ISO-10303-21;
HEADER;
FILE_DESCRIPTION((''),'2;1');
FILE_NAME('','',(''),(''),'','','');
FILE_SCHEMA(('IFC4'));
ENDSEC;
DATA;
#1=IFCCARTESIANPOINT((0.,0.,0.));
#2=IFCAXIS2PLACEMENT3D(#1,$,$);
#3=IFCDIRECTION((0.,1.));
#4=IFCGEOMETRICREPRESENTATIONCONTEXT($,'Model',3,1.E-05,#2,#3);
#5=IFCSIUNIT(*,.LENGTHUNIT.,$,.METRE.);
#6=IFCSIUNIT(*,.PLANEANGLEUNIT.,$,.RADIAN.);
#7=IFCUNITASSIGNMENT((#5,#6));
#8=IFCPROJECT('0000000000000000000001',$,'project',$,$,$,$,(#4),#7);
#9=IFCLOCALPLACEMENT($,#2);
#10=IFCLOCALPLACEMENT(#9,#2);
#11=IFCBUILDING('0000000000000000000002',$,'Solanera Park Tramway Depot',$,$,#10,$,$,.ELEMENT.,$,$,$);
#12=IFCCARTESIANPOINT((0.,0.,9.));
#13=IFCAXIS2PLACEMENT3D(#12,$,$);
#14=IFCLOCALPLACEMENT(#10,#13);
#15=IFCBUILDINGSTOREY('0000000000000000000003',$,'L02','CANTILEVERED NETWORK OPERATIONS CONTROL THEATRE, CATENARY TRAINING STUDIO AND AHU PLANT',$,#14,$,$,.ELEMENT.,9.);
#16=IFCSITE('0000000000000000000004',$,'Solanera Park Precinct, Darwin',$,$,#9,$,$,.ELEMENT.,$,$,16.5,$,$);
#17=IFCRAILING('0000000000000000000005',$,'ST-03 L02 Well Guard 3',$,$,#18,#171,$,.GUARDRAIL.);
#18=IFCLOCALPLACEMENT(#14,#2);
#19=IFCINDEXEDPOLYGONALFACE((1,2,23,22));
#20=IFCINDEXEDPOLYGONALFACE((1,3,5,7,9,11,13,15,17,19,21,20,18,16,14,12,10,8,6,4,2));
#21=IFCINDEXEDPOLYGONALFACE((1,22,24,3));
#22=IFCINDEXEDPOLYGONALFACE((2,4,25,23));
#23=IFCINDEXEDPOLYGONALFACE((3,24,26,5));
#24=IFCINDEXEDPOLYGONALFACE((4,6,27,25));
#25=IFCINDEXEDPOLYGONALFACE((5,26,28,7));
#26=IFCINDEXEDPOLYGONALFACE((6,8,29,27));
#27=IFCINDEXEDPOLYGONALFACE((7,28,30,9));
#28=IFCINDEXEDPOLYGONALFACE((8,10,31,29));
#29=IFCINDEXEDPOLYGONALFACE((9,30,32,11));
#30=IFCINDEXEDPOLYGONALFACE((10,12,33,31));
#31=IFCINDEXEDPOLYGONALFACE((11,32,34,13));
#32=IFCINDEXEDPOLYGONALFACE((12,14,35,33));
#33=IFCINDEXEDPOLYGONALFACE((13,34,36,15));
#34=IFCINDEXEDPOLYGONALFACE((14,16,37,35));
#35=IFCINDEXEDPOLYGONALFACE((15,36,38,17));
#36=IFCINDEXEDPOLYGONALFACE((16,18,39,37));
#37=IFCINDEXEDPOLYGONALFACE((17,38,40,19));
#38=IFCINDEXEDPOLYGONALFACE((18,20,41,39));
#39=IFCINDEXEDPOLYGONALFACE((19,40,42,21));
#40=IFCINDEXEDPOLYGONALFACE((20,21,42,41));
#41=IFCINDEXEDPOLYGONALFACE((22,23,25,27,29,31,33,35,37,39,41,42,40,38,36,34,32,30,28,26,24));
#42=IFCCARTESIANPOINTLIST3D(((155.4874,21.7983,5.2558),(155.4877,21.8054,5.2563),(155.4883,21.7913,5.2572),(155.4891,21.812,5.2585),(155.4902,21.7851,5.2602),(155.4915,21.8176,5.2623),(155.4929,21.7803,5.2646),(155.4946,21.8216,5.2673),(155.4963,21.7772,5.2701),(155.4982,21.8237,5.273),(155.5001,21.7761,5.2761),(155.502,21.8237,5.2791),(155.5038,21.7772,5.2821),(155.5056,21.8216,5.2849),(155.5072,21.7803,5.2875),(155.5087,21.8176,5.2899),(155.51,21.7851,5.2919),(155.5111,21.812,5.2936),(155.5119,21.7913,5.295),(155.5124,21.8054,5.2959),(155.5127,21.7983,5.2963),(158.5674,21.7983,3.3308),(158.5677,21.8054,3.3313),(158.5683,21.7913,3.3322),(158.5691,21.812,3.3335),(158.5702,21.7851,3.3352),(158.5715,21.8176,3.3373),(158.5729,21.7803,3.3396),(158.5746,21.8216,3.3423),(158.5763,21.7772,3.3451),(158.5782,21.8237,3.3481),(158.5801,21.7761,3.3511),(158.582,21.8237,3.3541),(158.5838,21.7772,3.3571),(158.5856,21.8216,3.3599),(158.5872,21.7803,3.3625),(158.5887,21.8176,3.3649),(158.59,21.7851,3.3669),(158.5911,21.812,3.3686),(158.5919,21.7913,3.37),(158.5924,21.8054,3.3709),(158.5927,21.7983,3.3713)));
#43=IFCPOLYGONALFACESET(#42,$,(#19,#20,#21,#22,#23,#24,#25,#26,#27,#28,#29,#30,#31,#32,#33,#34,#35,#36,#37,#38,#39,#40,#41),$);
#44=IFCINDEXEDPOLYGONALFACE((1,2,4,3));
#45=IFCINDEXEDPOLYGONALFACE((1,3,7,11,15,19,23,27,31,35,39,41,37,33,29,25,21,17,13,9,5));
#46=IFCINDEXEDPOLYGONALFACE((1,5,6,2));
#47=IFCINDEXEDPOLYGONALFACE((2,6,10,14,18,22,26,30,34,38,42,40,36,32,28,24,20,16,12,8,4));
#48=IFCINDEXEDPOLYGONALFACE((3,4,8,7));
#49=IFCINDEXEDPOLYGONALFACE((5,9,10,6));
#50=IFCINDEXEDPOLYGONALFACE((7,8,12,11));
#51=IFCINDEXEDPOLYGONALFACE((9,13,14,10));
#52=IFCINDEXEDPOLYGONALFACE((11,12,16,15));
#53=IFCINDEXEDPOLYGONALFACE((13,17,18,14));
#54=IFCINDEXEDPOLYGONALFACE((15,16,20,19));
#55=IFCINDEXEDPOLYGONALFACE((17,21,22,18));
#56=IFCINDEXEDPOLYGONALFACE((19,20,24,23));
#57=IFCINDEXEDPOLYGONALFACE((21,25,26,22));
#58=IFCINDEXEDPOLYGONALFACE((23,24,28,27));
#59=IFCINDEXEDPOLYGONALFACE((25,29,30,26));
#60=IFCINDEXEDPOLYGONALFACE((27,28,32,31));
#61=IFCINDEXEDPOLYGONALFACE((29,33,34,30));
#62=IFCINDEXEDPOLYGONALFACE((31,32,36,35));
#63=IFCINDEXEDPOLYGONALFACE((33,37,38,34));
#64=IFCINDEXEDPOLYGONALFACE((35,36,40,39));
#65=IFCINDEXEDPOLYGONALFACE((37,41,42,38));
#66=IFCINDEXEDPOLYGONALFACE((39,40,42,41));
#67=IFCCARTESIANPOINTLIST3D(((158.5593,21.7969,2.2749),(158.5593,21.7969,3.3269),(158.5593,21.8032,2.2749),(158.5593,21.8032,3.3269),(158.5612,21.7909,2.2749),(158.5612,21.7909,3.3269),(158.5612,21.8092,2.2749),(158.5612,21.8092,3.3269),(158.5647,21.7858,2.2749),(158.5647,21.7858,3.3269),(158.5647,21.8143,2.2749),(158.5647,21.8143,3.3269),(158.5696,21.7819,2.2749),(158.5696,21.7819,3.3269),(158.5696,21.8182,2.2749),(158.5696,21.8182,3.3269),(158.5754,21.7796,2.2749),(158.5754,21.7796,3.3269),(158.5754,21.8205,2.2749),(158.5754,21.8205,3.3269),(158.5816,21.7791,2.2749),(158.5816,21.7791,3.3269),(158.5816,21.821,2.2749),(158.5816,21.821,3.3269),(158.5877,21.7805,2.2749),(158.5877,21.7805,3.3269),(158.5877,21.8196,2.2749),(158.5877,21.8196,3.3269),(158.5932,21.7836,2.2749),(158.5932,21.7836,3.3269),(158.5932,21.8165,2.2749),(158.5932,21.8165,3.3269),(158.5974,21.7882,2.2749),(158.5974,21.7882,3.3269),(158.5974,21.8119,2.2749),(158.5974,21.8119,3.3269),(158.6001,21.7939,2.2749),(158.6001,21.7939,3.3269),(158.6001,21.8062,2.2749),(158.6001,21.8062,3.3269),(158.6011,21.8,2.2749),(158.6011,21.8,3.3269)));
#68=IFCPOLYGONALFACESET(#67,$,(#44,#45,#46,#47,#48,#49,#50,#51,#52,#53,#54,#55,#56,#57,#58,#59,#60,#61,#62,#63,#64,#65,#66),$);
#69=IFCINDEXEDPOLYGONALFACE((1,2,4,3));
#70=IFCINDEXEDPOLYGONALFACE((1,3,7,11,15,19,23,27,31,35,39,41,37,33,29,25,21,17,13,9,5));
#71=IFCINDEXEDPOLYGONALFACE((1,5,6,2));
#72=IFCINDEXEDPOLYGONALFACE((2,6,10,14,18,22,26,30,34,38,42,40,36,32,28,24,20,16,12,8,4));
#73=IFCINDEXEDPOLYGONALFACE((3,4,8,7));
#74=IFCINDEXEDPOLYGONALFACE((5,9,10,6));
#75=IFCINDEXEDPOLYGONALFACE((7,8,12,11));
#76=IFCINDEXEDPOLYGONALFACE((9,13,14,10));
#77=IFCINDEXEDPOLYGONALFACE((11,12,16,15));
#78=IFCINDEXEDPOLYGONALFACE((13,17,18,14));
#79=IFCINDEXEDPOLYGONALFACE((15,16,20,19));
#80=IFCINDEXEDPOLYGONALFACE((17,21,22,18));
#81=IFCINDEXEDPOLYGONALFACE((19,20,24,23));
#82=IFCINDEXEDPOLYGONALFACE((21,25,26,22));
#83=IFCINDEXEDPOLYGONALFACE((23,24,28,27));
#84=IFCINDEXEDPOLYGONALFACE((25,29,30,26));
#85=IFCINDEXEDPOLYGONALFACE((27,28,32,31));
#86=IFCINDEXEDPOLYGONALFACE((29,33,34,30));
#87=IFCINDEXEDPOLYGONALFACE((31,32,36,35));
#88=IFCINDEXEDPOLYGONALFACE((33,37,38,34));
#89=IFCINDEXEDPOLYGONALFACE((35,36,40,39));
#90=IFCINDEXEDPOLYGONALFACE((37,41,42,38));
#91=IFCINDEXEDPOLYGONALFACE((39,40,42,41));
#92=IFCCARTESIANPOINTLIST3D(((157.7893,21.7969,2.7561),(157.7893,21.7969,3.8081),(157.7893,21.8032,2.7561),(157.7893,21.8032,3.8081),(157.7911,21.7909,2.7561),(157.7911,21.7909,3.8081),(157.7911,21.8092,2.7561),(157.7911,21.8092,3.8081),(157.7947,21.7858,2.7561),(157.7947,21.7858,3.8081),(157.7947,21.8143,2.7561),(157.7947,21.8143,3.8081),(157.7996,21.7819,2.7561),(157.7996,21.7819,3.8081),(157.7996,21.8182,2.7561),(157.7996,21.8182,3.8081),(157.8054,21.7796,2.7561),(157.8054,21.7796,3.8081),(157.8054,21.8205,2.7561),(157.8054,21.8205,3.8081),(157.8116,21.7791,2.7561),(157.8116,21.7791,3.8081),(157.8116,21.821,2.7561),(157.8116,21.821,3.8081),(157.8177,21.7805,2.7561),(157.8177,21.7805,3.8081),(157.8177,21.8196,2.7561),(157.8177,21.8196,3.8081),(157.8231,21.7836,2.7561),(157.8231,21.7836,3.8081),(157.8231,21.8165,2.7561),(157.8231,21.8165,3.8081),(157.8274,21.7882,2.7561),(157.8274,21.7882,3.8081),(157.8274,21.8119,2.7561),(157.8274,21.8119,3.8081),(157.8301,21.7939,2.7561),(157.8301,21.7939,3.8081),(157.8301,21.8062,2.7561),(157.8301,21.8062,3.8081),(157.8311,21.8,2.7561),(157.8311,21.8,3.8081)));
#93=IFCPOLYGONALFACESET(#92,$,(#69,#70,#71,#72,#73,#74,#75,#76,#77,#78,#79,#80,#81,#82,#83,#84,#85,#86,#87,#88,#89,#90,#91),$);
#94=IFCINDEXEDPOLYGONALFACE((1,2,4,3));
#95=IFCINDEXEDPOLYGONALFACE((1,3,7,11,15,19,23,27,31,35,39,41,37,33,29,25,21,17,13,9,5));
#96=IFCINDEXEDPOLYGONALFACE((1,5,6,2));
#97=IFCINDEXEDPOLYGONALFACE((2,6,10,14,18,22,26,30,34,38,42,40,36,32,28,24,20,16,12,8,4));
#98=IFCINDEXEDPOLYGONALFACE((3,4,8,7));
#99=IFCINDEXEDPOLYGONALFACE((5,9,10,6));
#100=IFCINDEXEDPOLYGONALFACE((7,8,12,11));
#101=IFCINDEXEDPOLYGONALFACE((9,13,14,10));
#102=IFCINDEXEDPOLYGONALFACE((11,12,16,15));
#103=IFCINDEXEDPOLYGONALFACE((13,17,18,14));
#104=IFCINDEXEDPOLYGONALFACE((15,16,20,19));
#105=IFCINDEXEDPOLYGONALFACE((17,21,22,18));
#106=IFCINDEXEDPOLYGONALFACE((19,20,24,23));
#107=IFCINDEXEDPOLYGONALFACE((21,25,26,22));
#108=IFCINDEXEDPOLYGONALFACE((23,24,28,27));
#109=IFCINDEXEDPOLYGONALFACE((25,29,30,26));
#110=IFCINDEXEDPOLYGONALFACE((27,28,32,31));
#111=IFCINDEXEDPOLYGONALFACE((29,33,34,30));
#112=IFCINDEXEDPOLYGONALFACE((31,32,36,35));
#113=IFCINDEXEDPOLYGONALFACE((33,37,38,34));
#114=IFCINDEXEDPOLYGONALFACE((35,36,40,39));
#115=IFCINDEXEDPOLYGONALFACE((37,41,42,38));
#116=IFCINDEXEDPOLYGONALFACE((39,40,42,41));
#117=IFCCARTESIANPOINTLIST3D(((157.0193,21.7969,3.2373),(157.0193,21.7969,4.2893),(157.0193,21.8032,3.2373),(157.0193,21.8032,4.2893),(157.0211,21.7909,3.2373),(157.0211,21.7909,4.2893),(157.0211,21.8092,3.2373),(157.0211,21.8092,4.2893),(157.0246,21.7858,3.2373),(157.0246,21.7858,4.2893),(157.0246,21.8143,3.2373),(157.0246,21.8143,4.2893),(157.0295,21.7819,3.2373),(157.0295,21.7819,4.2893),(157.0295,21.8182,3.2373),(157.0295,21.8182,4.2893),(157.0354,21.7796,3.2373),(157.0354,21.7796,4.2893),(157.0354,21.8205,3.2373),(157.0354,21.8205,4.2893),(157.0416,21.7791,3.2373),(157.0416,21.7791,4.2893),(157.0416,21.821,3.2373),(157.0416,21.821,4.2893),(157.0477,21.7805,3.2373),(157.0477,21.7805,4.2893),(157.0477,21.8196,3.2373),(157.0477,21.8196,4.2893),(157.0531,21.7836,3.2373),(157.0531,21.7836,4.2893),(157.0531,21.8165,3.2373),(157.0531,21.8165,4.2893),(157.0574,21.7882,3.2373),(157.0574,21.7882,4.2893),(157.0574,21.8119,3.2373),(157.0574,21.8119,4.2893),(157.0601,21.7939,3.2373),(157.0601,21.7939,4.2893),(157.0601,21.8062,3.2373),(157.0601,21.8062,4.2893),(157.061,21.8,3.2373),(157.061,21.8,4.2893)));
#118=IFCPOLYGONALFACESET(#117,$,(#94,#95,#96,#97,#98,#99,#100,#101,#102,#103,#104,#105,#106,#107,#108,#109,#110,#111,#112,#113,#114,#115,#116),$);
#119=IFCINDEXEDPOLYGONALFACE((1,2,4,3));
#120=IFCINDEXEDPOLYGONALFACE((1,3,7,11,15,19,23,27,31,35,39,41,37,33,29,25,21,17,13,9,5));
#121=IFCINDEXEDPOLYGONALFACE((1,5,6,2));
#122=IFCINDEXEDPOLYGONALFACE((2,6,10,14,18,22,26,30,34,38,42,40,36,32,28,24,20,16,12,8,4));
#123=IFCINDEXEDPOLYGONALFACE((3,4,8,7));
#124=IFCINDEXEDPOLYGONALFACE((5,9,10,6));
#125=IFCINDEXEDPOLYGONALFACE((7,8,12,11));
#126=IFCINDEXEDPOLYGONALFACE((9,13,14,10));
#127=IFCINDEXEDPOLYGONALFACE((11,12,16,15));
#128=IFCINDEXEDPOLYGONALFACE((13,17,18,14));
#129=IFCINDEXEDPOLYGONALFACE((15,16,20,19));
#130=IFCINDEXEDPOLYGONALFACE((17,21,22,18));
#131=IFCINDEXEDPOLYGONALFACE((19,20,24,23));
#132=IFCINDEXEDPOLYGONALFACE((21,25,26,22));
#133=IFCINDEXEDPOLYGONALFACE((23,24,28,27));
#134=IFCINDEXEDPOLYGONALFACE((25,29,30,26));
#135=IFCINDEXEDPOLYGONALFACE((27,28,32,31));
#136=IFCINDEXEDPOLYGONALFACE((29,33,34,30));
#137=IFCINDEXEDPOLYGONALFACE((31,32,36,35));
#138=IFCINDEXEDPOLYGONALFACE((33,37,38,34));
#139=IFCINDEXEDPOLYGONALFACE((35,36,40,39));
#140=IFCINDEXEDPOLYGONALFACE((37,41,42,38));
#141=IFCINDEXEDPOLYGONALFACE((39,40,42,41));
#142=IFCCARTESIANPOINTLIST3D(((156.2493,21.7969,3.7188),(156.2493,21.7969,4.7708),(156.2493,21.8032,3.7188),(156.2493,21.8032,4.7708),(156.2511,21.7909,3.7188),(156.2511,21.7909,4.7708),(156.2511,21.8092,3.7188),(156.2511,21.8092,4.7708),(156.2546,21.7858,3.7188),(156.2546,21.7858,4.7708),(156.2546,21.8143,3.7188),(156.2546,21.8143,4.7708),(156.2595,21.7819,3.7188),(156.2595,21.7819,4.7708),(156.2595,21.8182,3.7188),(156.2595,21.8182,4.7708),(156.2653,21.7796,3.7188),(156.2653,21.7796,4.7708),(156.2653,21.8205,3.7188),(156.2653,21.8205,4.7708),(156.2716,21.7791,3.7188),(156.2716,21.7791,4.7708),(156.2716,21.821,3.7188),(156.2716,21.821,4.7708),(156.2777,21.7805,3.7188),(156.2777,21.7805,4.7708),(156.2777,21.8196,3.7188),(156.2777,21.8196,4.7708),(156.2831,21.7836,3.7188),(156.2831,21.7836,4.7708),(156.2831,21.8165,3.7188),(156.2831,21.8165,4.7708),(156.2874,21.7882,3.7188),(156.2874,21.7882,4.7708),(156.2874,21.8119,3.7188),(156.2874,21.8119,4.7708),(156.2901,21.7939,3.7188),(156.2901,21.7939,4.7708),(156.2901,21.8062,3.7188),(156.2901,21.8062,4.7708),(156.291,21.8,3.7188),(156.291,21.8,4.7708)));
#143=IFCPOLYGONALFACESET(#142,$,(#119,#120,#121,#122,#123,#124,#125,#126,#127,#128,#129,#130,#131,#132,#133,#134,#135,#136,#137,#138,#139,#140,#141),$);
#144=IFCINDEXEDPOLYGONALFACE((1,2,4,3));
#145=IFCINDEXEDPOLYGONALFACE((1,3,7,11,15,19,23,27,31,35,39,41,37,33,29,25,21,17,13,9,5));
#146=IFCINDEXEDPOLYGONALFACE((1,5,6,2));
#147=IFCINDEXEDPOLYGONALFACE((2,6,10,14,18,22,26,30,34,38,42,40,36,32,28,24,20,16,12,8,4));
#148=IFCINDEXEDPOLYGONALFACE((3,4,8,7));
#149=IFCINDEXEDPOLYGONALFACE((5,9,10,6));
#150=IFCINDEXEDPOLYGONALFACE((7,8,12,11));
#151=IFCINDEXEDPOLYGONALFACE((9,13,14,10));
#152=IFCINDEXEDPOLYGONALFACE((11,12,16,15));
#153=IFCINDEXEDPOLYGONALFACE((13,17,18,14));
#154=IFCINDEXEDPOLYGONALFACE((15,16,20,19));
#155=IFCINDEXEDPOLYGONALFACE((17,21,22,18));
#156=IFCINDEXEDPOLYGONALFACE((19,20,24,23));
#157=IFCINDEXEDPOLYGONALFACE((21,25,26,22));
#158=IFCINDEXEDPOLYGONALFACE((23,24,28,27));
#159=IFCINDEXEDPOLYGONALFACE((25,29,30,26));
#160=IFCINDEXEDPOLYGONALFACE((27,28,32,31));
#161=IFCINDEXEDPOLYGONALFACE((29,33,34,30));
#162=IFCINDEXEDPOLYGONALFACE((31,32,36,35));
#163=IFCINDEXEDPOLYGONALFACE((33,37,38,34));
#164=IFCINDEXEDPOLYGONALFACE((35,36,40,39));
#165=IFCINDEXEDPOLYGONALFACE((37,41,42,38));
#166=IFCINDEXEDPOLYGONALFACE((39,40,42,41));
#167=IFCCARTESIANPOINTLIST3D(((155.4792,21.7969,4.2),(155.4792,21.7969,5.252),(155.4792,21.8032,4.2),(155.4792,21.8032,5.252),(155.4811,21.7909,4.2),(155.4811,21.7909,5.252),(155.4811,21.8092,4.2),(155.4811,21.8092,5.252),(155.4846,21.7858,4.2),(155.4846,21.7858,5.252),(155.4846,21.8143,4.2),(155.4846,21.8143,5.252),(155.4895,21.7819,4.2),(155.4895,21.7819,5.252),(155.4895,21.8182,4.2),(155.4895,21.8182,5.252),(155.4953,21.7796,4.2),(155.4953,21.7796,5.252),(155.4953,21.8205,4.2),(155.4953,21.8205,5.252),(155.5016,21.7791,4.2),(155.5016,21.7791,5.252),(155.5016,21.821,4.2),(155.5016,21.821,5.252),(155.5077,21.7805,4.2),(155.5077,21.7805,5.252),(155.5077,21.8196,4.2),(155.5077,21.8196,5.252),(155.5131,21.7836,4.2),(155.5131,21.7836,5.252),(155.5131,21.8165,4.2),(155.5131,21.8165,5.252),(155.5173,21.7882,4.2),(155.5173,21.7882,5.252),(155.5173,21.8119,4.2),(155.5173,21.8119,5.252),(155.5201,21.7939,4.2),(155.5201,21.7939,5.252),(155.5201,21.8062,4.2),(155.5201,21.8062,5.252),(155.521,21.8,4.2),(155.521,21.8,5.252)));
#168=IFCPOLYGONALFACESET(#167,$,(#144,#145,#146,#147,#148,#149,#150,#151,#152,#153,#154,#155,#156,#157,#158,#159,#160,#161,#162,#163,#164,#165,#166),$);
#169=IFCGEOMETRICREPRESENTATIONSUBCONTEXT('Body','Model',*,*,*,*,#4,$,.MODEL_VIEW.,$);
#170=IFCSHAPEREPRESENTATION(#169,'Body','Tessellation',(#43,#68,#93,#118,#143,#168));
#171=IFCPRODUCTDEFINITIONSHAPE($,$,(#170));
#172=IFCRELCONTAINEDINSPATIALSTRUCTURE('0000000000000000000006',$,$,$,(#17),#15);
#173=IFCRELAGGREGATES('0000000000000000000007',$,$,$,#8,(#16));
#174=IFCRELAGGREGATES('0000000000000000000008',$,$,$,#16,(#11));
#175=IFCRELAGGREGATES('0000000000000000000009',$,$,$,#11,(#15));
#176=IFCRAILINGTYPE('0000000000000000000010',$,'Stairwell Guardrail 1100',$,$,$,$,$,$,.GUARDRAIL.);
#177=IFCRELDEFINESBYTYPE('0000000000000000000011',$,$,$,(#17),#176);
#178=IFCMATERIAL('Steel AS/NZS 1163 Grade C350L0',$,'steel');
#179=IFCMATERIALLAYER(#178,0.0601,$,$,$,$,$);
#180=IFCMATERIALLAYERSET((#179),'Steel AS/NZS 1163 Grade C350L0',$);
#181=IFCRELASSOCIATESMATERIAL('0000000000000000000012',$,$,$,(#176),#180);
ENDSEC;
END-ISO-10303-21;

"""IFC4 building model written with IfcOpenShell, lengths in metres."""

from ifc_helpers import new_model, si_unit, direction, frame, origin, origin_2d, place, context, subcontext, project, spatial, circle, extrude, material, layer, layer_set, type_object, element, save


model = new_model("IFC4")

# Units and contexts
model_context = context("Model", 3, precision=1e-05, world=origin(), true_north=direction((0.0, 1.0)))
body_context = subcontext(model_context, "Body", "Model", "MODEL_VIEW")
ifc_project = project(units=[si_unit("LENGTHUNIT", "METRE"), si_unit("PLANEANGLEUNIT", "RADIAN")], contexts=[model_context])

# Site, building, storey
site_placement = place(None, origin())
site = spatial("IfcSite", under=ifc_project, at=site_placement, Name="Solanera Park Precinct, Darwin", CompositionType="ELEMENT", RefElevation=16.5)
building_placement = place(site_placement, origin())
building = spatial("IfcBuilding", under=site, at=building_placement, Name="Solanera Park Tramway Depot", CompositionType="ELEMENT")
storey_placement = place(building_placement, frame((0.0, 0.0, 9.0)))
storey = spatial("IfcBuildingStorey", under=building, at=storey_placement, Name="L02", Description="CANTILEVERED NETWORK OPERATIONS CONTROL THEATRE, CATENARY TRAINING STUDIO AND AHU PLANT", CompositionType="ELEMENT", Elevation=9.0)

# Railing
ifc_material_1 = material(Name="Steel AS/NZS 1163 Grade C350L0", Category="steel")
ifc_layer_1 = layer(ifc_material_1, 0.0601)
ifc_layer_set_1 = layer_set([ifc_layer_1], Name="Steel AS/NZS 1163 Grade C350L0")
railing_type_1 = type_object("IfcRailingType", Name="Stairwell Guardrail 1100", PredefinedType="GUARDRAIL", material=ifc_layer_set_1)
railing_1_placement = place(storey_placement, frame((158.5801, 21.8, 2.2749)))
element("IfcRailing", 1, at=railing_1_placement, inside=storey, type_object=railing_type_1, Name="ST-03 L02 Well Guard 3", PredefinedType="GUARDRAIL", context=body_context, shape_type="SweptSolid", body=[
    extrude(circle(Radius=0.0239, at=origin_2d()), frame((0.0, 0.0, 1.0762), z_axis=(-0.847998, 0.0, 0.529999), x_axis=(0.0, -1.0, 0.0)), (0.0, 0.0, 1.0), 3.6321),
    extrude(circle(Radius=0.021, at=origin_2d()), origin(), (0.0, 0.0, 1.0), 1.052),
    extrude(circle(Radius=0.021, at=origin_2d()), frame((-0.77, 0.0, 0.4812)), (0.0, 0.0, 1.0), 1.052),
    extrude(circle(Radius=0.021, at=origin_2d()), frame((-1.54, 0.0, 0.9624)), (0.0, 0.0, 1.0), 1.052),
    extrude(circle(Radius=0.021, at=origin_2d()), frame((-2.3101, 0.0, 1.4438)), (0.0, 0.0, 1.0), 1.052),
    extrude(circle(Radius=0.021, at=origin_2d()), frame((-3.0801, 0.0, 1.925)), (0.0, 0.0, 1.0), 1.052),
])

save(model, "model.ifc")
